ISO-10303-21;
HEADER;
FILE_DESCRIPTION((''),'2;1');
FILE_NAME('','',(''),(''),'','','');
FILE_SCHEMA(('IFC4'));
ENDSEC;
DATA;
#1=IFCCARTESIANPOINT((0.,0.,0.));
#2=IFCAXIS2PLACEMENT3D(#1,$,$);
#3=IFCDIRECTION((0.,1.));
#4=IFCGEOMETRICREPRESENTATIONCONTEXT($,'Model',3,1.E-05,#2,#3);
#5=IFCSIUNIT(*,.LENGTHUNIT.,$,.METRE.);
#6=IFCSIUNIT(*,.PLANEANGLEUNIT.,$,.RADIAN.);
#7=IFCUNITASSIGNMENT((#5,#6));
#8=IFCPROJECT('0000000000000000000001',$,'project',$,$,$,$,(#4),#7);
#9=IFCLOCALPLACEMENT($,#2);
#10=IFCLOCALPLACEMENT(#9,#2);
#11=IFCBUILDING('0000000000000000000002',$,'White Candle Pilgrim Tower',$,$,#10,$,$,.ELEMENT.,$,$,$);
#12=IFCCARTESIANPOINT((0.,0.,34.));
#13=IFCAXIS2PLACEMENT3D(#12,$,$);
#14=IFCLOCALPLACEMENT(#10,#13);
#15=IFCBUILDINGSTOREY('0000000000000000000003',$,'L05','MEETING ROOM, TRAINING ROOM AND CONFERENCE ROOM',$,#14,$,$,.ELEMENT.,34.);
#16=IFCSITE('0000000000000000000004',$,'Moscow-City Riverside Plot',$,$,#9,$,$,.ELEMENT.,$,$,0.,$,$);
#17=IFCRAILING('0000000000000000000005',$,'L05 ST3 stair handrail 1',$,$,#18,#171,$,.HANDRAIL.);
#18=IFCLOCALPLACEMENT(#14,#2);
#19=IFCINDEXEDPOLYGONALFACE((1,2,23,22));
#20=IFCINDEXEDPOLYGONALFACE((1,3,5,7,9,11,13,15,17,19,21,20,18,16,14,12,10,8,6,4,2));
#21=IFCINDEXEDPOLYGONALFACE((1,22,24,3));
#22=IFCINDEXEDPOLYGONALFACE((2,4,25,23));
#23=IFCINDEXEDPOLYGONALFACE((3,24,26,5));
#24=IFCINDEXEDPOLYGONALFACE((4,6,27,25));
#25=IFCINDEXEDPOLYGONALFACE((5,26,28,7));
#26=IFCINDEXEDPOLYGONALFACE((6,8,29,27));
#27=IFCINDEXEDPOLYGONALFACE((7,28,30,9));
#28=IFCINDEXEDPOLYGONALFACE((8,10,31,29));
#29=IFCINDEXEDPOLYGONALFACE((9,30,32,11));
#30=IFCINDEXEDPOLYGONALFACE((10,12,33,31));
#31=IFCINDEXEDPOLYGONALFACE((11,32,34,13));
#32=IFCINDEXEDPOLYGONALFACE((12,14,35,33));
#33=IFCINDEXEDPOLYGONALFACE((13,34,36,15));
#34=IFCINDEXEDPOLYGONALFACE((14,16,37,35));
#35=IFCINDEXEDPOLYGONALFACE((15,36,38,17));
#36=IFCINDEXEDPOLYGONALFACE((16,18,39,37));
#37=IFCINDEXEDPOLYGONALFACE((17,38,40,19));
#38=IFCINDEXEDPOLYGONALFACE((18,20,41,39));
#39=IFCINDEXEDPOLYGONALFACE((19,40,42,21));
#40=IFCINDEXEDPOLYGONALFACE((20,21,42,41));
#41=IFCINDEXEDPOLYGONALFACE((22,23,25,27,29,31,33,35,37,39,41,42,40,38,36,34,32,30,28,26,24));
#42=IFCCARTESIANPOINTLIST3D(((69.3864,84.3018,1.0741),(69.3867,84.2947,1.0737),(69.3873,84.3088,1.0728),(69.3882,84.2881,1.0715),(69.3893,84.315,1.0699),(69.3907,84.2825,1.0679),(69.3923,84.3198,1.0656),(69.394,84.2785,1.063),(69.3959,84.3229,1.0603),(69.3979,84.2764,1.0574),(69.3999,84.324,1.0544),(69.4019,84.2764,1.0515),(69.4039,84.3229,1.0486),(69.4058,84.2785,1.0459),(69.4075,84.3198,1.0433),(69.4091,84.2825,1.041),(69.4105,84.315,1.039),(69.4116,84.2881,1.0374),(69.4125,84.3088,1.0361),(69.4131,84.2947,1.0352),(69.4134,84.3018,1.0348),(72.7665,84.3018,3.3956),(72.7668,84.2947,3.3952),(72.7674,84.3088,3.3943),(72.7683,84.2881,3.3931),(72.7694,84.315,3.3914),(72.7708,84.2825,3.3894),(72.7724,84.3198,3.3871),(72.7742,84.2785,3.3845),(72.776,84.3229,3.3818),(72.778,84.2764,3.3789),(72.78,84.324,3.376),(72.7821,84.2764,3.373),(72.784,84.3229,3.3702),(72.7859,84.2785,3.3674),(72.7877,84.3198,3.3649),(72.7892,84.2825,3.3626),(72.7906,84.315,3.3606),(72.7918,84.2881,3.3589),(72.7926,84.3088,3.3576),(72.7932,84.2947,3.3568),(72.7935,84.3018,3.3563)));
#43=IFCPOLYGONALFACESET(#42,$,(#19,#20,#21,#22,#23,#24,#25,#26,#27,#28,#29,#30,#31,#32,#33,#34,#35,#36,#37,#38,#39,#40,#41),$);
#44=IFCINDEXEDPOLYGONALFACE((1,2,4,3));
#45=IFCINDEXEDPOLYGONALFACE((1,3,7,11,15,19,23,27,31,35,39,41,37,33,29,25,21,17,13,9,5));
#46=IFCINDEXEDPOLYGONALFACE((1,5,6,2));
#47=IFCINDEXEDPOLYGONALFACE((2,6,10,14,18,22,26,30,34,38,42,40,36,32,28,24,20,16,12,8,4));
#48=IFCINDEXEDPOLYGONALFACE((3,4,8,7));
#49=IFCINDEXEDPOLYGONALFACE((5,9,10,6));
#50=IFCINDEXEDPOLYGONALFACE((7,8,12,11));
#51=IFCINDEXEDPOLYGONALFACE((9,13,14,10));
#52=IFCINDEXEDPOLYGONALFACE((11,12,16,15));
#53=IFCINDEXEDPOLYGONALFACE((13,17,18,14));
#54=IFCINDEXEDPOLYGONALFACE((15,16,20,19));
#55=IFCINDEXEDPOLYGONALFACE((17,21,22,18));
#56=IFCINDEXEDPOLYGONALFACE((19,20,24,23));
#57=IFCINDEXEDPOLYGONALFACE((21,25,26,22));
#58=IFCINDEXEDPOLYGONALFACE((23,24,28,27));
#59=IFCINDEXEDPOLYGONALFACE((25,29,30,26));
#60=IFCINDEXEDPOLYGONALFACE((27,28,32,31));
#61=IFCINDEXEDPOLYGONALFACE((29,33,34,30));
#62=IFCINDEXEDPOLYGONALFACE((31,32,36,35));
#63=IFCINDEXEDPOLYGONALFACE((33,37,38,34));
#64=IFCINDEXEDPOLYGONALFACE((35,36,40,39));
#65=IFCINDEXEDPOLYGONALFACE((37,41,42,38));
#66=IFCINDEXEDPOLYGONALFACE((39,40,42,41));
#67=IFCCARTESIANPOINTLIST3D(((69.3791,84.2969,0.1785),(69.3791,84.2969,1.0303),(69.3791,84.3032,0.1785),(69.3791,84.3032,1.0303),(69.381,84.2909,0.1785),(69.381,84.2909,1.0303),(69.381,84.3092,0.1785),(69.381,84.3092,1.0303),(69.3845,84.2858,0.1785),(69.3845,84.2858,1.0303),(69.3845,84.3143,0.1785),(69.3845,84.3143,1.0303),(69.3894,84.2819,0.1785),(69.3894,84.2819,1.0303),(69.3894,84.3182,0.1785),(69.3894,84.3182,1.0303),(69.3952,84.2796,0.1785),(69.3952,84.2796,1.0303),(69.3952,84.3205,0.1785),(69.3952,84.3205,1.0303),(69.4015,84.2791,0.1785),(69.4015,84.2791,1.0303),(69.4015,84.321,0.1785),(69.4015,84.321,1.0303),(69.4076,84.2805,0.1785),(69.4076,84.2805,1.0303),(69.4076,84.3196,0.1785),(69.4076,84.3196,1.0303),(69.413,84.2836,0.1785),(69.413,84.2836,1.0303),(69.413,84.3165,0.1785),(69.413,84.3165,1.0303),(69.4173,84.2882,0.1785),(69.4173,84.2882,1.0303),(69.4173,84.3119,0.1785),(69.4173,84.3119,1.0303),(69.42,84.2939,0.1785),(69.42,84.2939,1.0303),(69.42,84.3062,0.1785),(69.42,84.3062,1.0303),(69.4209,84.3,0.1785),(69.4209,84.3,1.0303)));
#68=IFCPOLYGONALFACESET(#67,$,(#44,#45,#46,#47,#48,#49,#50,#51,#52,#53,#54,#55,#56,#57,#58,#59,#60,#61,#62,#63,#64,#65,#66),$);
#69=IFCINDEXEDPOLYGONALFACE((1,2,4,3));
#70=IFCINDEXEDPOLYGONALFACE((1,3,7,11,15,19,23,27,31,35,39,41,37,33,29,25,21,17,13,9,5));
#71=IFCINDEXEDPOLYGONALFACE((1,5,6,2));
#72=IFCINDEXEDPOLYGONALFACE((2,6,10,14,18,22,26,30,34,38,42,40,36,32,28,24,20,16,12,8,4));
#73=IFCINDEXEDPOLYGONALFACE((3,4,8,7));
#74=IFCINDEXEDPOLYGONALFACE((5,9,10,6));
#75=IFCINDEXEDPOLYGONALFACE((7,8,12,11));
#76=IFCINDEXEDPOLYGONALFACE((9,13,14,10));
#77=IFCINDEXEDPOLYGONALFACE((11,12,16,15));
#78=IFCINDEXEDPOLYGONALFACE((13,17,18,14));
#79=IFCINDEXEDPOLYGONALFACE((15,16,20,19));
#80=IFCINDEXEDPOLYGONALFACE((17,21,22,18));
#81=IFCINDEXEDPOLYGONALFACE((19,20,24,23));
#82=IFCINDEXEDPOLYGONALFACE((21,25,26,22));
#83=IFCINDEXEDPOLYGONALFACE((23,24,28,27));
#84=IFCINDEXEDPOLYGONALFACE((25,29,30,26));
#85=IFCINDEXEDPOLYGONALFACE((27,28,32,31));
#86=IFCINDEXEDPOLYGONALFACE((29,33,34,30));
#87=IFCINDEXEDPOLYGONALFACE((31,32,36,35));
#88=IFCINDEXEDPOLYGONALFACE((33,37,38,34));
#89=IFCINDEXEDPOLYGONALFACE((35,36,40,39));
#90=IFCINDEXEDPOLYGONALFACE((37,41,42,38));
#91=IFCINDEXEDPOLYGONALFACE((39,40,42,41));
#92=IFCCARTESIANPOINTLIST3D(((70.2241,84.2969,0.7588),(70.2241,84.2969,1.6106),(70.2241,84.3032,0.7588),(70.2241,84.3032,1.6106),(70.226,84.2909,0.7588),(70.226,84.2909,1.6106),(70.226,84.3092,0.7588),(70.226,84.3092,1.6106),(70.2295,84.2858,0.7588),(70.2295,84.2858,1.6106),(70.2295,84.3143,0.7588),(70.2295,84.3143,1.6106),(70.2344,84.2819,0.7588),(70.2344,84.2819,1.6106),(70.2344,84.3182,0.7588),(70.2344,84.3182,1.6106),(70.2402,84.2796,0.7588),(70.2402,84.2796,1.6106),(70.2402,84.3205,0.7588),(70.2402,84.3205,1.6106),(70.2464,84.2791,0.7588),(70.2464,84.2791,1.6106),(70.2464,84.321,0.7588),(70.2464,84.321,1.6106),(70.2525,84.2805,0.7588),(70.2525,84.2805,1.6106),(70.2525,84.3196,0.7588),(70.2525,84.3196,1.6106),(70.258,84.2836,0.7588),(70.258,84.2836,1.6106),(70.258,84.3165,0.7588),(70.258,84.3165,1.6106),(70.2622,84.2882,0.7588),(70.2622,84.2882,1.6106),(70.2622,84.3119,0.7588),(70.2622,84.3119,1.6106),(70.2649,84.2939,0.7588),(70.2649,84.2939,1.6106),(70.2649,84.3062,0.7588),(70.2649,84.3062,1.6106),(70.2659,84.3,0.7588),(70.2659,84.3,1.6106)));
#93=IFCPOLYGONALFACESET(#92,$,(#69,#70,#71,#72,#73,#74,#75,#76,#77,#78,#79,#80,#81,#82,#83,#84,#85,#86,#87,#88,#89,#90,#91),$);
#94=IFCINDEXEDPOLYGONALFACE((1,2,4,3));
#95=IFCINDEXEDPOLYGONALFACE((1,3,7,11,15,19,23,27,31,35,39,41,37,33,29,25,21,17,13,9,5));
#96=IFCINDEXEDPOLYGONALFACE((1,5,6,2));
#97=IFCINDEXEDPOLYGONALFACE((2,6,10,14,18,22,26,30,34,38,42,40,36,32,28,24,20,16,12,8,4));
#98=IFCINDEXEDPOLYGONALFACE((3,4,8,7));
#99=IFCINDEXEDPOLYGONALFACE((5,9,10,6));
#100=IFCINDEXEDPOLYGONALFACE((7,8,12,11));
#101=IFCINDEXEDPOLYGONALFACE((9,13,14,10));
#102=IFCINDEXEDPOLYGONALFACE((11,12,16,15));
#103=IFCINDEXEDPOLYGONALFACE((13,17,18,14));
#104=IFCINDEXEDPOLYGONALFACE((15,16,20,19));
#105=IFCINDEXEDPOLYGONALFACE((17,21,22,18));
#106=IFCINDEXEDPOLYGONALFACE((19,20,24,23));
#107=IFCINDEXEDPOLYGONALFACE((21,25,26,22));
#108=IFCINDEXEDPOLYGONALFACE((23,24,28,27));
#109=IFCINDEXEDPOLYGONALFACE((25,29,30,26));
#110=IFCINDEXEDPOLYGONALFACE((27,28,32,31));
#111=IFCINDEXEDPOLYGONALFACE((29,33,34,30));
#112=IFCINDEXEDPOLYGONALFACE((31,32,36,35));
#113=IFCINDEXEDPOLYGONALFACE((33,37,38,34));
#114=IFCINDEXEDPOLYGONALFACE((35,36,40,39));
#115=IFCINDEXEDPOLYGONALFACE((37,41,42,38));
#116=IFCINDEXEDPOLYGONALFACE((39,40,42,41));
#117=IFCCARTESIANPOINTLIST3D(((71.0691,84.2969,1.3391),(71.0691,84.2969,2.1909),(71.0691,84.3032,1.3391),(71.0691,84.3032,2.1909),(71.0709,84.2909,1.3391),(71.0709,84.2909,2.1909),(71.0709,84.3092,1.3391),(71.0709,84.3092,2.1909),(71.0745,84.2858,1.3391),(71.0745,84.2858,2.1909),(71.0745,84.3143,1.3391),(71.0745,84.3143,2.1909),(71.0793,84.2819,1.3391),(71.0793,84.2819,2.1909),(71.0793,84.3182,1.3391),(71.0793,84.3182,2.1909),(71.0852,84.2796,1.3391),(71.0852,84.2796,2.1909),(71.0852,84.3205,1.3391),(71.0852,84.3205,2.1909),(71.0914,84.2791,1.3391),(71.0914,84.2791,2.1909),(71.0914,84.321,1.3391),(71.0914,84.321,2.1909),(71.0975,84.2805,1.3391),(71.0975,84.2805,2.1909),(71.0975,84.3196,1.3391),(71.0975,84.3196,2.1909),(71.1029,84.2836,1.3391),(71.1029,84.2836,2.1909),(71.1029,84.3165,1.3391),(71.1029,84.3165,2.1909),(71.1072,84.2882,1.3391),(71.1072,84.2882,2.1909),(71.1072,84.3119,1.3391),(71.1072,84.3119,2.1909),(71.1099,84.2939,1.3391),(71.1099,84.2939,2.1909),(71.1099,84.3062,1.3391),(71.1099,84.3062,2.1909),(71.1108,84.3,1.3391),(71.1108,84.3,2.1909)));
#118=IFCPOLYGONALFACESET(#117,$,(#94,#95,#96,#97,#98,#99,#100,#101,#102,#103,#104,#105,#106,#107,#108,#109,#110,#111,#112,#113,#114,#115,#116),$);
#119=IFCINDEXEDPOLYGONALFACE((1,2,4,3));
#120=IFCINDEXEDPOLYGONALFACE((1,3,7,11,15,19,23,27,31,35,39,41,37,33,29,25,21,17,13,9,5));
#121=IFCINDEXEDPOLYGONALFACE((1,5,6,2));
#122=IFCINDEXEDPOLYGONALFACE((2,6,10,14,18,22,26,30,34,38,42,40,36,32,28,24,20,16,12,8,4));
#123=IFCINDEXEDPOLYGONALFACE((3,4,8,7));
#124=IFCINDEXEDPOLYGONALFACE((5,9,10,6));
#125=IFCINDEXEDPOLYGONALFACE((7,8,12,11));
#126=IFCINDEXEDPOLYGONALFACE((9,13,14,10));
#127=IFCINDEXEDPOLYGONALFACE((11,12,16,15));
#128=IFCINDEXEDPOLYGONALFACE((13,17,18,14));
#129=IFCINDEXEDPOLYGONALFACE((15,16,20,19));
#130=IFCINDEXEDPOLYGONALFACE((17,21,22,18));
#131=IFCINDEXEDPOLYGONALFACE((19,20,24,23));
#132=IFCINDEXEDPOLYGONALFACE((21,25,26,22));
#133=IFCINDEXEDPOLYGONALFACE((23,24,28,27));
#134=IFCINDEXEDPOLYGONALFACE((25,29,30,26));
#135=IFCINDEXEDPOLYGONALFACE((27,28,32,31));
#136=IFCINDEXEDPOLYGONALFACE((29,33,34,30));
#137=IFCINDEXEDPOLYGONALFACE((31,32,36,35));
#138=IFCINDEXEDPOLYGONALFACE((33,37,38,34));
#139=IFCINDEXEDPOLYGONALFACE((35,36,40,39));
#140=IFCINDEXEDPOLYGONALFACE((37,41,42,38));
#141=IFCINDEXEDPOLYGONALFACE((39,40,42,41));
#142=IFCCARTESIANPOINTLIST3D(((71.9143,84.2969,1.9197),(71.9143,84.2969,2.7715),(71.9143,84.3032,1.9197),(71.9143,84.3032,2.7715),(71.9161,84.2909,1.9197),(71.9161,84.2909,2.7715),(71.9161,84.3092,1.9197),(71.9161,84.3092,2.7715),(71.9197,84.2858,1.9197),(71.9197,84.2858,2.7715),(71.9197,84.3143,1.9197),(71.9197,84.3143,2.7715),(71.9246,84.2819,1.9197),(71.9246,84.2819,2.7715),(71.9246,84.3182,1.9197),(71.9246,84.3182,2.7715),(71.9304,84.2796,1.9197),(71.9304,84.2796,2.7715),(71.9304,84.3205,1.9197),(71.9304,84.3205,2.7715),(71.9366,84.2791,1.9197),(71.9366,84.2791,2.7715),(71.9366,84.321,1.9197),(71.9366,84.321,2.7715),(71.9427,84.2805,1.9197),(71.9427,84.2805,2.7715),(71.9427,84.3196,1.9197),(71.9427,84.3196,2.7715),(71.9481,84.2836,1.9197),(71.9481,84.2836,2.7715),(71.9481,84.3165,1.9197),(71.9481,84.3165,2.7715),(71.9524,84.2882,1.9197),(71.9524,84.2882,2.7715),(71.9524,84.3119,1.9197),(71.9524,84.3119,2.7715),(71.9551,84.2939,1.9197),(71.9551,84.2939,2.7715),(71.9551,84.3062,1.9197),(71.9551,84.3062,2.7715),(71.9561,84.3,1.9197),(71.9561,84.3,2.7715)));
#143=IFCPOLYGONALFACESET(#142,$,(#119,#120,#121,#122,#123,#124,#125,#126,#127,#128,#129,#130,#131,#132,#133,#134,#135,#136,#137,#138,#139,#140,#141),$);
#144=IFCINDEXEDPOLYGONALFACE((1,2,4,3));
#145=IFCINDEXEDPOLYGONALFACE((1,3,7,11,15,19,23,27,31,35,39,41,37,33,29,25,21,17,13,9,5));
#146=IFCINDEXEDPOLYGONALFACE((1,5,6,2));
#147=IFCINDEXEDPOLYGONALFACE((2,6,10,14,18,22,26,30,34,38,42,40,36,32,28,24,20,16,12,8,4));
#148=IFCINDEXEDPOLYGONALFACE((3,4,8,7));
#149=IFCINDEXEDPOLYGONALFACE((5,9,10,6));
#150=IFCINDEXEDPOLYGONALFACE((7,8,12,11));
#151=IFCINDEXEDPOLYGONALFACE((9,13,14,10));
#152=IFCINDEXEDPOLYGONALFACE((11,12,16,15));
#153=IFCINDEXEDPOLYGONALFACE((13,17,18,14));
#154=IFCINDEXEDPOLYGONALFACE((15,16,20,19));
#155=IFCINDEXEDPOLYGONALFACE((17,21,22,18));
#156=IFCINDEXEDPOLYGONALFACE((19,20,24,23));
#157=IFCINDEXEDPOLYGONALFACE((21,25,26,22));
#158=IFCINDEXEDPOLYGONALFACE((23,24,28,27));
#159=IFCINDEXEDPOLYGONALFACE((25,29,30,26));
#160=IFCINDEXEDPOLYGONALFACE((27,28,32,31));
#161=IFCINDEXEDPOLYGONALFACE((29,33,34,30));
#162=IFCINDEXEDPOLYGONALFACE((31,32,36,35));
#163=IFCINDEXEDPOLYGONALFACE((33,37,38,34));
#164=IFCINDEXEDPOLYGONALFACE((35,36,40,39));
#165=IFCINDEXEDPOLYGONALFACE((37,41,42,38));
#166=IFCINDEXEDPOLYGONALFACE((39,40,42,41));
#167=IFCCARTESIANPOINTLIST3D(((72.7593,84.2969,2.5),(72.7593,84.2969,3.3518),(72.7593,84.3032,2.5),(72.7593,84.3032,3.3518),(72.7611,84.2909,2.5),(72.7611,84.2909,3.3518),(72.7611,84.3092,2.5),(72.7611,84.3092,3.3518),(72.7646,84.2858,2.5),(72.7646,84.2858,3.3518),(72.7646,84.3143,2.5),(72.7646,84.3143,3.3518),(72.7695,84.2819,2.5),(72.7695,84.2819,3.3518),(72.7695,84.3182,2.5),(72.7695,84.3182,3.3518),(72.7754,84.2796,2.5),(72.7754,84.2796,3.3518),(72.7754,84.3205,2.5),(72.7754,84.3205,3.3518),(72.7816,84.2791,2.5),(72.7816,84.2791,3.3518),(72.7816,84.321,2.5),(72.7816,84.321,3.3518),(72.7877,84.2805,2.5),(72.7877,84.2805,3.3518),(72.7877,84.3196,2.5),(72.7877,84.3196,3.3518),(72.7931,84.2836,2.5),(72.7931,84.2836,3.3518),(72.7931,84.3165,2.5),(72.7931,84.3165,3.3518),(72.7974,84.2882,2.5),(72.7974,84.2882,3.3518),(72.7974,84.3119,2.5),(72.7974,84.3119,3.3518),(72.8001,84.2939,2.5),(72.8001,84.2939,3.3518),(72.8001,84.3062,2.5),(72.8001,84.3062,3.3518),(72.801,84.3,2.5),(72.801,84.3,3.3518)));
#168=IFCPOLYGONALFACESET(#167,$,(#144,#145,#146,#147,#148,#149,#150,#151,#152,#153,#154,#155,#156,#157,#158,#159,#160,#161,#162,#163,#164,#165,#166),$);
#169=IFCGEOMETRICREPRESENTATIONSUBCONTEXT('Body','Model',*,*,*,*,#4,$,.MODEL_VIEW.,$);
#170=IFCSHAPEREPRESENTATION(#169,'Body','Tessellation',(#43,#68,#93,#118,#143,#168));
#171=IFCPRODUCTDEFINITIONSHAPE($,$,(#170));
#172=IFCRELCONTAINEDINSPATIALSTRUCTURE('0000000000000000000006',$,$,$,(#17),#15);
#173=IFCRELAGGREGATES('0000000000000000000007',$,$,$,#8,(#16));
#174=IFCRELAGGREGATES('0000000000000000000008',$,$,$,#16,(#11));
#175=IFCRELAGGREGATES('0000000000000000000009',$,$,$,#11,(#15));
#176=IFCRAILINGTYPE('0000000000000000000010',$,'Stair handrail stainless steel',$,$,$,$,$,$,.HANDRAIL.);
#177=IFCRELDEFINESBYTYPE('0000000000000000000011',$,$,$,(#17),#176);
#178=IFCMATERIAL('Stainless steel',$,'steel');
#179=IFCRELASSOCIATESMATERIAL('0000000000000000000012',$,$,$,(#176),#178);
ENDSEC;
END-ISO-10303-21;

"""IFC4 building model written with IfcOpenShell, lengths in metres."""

from ifc_helpers import new_model, si_unit, direction, frame, origin, origin_2d, place, context, subcontext, project, spatial, circle, extrude, material, type_object, element, save


model = new_model("IFC4")

# Units and contexts
model_context = context("Model", 3, precision=1e-05, world=origin(), true_north=direction((0.0, 1.0)))
body_context = subcontext(model_context, "Body", "Model", "MODEL_VIEW")
ifc_project = project(units=[si_unit("LENGTHUNIT", "METRE"), si_unit("PLANEANGLEUNIT", "RADIAN")], contexts=[model_context])

# Site, building, storey
site_placement = place(None, origin())
site = spatial("IfcSite", under=ifc_project, at=site_placement, Name="Moscow-City Riverside Plot", CompositionType="ELEMENT", RefElevation=0.0)
building_placement = place(site_placement, origin())
building = spatial("IfcBuilding", under=site, at=building_placement, Name="White Candle Pilgrim Tower", CompositionType="ELEMENT")
storey_placement = place(building_placement, frame((0.0, 0.0, 34.0)))
storey = spatial("IfcBuildingStorey", under=building, at=storey_placement, Name="L05", Description="MEETING ROOM, TRAINING ROOM AND CONFERENCE ROOM", CompositionType="ELEMENT", Elevation=34.0)

# Railing
ifc_material_1 = material(Name="Stainless steel", Category="steel")
railing_type_1 = type_object("IfcRailingType", Name="Stair handrail stainless steel", PredefinedType="HANDRAIL", material=ifc_material_1)
railing_1_placement = place(storey_placement, frame((69.3999, 84.3, 0.1785)))
element("IfcRailing", 1, at=railing_1_placement, inside=storey, type_object=railing_type_1, Name="L05 ST3 stair handrail 1", PredefinedType="HANDRAIL", context=body_context, shape_type="SweptSolid", body=[
    extrude(circle(Radius=0.0239, at=origin_2d()), frame((0.0, 0.0, 0.876), z_axis=(0.824304, 0.0, 0.566147), x_axis=(0.0, 1.0, 0.0)), (0.0, 0.0, 1.0), 4.1006),
    extrude(circle(Radius=0.021, at=origin_2d()), origin(), (0.0, 0.0, 1.0), 0.8518),
    extrude(circle(Radius=0.021, at=origin_2d()), frame((0.845, 0.0, 0.5803)), (0.0, 0.0, 1.0), 0.8518),
    extrude(circle(Radius=0.021, at=origin_2d()), frame((1.6899, 0.0, 1.1606)), (0.0, 0.0, 1.0), 0.8518),
    extrude(circle(Radius=0.021, at=origin_2d()), frame((2.5352, 0.0, 1.7412)), (0.0, 0.0, 1.0), 0.8518),
    extrude(circle(Radius=0.021, at=origin_2d()), frame((3.3801, 0.0, 2.3215)), (0.0, 0.0, 1.0), 0.8518),
])

save(model, "model.ifc")
